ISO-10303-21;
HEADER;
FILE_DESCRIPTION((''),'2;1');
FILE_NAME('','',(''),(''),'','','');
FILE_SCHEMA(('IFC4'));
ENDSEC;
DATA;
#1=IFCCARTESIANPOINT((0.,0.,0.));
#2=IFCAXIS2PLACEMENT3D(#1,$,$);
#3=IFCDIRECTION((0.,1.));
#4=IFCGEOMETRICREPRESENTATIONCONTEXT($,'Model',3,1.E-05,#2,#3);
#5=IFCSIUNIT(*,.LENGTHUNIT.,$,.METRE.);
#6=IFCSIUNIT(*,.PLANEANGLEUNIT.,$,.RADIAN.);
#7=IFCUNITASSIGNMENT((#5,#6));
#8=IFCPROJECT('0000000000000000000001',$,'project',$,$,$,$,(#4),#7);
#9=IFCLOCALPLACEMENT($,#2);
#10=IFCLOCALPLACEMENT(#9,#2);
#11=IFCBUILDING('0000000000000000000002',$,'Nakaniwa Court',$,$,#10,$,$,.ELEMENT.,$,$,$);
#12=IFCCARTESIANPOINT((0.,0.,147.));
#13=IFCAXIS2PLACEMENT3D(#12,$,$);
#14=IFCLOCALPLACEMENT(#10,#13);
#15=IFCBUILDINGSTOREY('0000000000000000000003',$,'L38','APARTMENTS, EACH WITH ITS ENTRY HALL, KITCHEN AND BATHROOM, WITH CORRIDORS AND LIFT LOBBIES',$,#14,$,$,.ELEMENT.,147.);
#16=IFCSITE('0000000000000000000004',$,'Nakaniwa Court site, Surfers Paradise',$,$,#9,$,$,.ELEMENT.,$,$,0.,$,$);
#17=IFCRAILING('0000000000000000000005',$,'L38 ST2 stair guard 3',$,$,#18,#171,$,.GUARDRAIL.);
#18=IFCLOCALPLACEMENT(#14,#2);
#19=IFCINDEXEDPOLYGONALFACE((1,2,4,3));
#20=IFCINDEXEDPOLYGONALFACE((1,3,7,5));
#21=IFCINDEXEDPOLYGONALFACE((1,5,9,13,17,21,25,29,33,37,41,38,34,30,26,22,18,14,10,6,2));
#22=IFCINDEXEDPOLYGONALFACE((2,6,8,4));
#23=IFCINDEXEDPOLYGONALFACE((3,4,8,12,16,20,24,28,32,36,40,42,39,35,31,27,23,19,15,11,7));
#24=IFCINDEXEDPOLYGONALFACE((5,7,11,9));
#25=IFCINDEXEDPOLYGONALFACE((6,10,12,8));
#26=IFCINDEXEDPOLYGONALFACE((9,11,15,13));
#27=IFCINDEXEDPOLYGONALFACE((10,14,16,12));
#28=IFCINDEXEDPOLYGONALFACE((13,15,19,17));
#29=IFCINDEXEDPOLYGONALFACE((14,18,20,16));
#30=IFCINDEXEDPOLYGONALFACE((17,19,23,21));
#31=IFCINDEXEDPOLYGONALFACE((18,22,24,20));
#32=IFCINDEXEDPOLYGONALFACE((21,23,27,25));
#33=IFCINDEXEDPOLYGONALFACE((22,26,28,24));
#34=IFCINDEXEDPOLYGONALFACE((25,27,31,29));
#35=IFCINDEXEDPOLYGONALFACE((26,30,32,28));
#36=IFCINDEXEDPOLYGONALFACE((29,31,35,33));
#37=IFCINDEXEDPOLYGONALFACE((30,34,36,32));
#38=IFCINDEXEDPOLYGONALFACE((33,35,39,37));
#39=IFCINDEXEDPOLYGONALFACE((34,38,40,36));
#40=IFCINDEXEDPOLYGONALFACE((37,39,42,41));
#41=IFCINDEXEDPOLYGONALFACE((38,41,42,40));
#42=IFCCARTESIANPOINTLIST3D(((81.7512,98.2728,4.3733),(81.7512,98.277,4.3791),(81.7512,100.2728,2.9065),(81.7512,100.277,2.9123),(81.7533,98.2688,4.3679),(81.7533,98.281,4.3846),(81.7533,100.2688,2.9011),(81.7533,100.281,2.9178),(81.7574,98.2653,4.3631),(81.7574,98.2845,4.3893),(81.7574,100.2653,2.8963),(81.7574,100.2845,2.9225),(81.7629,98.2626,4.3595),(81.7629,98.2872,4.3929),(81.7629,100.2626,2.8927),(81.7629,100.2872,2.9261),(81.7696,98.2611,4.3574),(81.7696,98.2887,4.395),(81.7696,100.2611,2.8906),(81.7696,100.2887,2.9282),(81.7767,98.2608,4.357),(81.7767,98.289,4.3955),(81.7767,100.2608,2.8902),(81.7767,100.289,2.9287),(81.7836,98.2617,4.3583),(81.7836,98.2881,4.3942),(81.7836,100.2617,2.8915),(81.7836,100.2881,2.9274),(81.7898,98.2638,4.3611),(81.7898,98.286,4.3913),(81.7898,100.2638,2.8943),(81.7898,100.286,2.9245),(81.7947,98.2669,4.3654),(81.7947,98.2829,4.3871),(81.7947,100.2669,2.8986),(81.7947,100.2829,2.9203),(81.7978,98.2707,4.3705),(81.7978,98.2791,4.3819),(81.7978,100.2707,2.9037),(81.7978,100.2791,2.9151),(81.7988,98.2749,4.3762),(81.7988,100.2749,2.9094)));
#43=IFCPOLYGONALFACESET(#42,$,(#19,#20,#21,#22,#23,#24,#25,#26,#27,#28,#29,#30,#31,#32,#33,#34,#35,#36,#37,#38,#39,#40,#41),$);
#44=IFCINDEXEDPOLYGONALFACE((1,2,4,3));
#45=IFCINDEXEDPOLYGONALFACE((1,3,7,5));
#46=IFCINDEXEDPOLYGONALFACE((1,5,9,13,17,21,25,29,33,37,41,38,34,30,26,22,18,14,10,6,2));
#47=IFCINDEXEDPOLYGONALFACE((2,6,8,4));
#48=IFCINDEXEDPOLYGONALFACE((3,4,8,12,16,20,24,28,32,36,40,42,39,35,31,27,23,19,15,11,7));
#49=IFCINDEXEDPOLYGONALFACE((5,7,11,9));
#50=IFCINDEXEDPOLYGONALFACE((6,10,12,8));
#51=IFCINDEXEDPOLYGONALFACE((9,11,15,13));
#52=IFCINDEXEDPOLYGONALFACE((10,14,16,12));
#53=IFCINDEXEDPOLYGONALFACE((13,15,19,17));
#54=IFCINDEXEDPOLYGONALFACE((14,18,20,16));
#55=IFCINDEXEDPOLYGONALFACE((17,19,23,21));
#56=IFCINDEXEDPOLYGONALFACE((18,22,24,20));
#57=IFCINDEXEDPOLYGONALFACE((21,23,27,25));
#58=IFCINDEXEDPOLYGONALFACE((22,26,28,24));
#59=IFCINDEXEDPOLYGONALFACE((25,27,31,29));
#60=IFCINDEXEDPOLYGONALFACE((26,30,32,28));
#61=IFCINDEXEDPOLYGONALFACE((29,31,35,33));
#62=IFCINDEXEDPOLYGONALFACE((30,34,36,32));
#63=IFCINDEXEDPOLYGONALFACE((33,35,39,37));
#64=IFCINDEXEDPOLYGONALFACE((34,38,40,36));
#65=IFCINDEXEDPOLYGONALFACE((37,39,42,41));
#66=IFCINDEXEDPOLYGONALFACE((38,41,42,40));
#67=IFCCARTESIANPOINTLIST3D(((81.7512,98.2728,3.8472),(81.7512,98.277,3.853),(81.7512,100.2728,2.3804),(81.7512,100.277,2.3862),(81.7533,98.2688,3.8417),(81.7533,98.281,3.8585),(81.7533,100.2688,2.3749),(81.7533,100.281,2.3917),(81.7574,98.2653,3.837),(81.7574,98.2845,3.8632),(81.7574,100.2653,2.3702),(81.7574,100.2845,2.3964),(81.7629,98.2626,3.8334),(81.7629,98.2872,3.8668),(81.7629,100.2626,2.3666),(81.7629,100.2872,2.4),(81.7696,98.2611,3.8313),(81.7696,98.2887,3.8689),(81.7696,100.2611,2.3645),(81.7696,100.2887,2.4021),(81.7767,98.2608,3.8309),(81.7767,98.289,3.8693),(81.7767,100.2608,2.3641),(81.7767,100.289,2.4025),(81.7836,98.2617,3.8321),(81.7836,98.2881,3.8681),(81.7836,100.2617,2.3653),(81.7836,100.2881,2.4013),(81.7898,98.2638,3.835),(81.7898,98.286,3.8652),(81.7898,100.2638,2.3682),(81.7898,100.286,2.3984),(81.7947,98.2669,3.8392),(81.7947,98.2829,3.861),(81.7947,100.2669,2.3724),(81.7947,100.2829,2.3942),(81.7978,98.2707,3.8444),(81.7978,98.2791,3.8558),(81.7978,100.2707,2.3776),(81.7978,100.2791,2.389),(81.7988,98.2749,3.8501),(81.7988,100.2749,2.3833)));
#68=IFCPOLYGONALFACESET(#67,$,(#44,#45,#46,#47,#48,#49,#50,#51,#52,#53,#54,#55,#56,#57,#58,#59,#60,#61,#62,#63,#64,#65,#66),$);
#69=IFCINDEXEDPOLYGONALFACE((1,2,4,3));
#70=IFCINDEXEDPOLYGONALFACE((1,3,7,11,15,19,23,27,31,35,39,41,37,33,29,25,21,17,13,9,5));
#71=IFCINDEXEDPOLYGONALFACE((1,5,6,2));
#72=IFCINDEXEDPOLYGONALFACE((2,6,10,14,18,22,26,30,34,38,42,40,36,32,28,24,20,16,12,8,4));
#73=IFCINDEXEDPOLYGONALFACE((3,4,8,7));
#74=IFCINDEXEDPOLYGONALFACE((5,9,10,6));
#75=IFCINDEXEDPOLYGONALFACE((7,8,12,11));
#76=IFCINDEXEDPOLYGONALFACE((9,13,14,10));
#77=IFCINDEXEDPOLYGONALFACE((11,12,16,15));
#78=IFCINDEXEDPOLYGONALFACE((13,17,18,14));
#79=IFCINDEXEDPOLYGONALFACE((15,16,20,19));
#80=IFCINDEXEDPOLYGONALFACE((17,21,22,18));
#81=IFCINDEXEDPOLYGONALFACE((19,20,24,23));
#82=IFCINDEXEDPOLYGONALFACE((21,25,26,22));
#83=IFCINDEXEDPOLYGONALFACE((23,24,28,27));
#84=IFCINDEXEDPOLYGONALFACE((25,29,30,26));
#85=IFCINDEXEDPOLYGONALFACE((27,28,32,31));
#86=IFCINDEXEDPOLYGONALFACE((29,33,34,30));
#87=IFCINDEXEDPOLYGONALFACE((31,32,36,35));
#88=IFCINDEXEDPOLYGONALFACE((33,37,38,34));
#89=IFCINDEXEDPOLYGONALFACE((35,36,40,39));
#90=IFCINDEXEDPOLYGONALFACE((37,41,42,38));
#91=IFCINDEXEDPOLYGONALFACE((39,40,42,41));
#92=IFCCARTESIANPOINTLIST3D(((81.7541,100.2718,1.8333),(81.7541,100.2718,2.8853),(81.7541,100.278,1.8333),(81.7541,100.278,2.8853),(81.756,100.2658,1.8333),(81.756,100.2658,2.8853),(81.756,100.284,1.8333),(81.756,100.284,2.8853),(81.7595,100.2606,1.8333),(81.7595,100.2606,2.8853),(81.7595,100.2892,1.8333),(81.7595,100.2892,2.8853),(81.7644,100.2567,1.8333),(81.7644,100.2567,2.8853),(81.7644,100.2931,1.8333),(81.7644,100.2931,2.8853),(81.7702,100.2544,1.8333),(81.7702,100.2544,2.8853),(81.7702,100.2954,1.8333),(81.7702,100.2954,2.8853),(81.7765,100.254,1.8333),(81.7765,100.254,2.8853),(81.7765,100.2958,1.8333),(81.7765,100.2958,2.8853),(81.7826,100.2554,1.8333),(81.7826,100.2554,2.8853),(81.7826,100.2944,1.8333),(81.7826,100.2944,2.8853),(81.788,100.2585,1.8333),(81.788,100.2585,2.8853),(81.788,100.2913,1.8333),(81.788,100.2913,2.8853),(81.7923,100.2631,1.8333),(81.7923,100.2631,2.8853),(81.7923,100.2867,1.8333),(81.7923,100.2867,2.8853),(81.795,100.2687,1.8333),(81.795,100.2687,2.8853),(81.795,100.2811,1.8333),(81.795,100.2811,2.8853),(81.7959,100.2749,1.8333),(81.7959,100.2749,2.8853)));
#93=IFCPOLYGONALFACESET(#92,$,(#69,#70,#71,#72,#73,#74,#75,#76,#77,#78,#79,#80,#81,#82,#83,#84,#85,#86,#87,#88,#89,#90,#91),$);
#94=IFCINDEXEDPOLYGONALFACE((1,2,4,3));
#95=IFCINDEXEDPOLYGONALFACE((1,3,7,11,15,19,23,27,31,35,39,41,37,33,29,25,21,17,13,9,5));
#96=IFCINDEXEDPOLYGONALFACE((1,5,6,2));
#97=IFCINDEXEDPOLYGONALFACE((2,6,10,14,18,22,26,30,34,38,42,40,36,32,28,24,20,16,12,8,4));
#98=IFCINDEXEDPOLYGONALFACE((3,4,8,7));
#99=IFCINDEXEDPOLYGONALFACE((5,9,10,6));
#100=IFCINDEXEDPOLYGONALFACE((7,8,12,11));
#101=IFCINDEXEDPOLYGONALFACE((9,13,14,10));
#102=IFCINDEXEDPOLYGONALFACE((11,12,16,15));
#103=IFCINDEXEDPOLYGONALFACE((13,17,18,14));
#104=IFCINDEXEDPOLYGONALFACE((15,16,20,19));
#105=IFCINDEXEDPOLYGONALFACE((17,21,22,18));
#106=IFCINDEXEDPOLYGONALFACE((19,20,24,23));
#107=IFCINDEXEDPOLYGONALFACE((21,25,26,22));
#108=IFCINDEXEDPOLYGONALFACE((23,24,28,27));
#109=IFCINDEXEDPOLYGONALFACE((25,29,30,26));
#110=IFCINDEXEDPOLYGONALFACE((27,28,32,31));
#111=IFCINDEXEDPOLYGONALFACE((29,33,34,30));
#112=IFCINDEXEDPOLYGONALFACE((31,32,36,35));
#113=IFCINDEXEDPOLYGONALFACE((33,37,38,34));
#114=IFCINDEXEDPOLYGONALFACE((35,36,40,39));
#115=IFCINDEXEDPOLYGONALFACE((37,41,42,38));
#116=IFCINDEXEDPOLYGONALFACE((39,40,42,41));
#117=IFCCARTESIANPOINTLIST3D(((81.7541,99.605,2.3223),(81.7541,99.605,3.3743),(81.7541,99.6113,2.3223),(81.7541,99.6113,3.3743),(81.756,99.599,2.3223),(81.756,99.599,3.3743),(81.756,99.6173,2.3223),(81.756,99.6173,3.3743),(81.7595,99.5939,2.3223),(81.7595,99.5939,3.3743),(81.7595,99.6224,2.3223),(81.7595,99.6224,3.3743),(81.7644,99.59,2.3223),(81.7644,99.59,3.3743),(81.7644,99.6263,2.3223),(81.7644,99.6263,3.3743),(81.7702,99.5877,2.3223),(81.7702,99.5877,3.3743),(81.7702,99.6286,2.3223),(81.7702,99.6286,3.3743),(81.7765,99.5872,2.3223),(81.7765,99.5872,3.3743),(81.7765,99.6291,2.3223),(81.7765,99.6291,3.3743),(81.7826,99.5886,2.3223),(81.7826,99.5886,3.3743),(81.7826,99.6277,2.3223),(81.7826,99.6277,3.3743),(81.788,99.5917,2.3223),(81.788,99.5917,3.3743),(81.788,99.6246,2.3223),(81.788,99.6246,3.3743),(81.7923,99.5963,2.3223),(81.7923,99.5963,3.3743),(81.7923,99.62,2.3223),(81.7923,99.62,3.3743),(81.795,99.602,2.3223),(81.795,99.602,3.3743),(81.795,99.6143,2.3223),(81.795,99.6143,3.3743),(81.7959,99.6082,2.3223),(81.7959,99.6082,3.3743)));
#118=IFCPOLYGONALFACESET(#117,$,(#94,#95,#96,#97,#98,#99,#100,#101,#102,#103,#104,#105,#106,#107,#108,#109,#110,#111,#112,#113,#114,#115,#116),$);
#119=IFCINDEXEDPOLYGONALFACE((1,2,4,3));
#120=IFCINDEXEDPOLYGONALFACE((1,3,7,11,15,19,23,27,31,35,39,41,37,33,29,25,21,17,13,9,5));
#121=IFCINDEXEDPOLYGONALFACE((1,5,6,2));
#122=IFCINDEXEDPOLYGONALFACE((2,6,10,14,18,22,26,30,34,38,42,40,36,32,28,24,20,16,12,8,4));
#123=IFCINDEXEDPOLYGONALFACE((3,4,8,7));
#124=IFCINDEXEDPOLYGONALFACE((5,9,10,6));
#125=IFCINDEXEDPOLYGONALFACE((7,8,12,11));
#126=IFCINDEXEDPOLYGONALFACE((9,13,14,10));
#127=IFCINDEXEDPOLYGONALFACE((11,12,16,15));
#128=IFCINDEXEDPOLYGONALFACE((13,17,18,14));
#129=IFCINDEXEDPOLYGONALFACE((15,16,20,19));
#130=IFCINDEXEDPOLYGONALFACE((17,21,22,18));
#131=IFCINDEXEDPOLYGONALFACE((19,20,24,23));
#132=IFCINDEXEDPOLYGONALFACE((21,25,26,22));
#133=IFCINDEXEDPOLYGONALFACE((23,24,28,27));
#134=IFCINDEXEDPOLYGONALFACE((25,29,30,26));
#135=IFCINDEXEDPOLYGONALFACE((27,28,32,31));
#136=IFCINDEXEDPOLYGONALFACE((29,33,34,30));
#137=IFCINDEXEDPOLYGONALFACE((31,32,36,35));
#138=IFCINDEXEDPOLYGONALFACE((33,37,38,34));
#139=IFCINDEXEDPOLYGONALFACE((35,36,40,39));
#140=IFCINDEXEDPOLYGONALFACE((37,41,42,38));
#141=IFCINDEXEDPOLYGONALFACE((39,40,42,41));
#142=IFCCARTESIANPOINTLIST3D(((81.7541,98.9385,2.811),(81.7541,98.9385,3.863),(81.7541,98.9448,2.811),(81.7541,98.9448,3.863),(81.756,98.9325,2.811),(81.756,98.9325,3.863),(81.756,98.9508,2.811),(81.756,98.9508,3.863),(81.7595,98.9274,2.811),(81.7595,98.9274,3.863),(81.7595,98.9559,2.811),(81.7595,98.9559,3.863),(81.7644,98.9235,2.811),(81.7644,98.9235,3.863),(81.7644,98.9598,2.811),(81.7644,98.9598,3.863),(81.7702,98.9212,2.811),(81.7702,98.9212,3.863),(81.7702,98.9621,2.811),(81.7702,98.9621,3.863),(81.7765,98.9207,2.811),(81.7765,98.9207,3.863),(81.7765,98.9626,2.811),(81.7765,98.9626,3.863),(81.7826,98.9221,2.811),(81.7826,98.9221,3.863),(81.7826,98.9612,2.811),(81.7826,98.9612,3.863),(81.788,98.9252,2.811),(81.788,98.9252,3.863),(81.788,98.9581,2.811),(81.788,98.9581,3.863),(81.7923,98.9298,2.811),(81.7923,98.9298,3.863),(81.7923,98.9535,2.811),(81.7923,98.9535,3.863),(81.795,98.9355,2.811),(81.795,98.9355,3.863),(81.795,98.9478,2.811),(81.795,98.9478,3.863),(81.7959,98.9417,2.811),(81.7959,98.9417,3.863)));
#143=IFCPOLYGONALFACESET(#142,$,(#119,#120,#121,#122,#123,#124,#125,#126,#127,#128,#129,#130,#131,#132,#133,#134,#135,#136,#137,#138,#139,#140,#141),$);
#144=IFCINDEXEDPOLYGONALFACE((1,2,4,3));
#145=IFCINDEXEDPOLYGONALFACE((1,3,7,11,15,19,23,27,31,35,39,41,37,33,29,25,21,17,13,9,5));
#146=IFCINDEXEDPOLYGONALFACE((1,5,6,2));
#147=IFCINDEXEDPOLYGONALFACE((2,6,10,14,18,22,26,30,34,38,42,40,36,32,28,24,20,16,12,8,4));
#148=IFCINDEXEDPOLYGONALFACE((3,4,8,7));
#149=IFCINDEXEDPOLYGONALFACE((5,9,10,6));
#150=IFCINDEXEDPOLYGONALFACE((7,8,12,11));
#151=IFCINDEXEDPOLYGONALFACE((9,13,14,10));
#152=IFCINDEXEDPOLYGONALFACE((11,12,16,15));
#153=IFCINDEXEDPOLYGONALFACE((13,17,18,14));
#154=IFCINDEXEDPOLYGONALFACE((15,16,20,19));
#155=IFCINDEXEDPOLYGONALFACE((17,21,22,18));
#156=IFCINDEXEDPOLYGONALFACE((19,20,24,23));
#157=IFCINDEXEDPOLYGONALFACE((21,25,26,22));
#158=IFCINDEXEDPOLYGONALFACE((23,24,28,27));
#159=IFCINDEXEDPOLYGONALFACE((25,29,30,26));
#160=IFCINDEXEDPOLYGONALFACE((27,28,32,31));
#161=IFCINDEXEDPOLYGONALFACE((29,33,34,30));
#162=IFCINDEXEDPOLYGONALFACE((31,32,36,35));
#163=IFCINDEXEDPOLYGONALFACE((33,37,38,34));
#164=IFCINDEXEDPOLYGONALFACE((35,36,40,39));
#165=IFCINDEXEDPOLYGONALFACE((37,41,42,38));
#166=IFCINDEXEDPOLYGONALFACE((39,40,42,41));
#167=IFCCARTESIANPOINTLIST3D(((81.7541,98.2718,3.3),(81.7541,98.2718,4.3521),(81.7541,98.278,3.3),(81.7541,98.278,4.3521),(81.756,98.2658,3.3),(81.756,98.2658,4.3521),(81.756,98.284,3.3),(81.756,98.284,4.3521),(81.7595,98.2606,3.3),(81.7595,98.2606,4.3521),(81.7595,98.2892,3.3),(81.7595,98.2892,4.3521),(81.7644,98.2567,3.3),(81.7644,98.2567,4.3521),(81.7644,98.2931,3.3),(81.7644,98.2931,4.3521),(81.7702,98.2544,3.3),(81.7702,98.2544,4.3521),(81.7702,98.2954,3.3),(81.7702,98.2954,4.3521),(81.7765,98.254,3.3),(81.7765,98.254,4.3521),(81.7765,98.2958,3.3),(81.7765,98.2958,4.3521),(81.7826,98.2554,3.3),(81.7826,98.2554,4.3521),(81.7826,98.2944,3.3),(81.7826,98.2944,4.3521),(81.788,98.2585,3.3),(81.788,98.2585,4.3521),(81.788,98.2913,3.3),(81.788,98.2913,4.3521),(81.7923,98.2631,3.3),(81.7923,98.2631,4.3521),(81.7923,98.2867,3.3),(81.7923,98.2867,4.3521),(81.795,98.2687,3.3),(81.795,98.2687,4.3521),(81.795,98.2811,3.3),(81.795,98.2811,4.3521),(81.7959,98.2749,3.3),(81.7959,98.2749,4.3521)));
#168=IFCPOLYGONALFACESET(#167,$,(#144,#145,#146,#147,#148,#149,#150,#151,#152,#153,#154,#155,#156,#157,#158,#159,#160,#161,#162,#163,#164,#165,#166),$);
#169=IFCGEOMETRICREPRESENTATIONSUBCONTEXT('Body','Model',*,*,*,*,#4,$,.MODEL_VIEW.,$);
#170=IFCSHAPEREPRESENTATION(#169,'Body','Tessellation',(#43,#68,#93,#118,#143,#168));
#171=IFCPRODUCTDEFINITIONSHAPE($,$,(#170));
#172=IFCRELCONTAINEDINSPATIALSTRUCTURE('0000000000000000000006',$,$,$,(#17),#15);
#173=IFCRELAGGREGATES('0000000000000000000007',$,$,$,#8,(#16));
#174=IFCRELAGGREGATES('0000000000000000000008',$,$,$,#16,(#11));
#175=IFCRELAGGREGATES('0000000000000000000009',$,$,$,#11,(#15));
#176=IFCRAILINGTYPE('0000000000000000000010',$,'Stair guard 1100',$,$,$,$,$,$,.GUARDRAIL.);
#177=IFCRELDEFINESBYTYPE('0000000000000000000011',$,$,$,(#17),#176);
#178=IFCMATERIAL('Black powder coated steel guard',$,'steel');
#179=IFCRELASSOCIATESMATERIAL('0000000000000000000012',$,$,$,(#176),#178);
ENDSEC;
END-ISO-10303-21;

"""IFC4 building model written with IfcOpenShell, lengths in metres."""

from ifc_helpers import new_model, si_unit, direction, frame, origin, origin_2d, place, context, subcontext, project, spatial, circle, extrude, material, type_object, element, save


model = new_model("IFC4")

# Units and contexts
model_context = context("Model", 3, precision=1e-05, world=origin(), true_north=direction((0.0, 1.0)))
body_context = subcontext(model_context, "Body", "Model", "MODEL_VIEW")
ifc_project = project(units=[si_unit("LENGTHUNIT", "METRE"), si_unit("PLANEANGLEUNIT", "RADIAN")], contexts=[model_context])

# Site, building, storey
site_placement = place(None, origin())
site = spatial("IfcSite", under=ifc_project, at=site_placement, Name="Nakaniwa Court site, Surfers Paradise", CompositionType="ELEMENT", RefElevation=0.0)
building_placement = place(site_placement, origin())
building = spatial("IfcBuilding", under=site, at=building_placement, Name="Nakaniwa Court", CompositionType="ELEMENT")
storey_placement = place(building_placement, frame((0.0, 0.0, 147.0)))
storey = spatial("IfcBuildingStorey", under=building, at=storey_placement, Name="L38", Description="APARTMENTS, EACH WITH ITS ENTRY HALL, KITCHEN AND BATHROOM, WITH CORRIDORS AND LIFT LOBBIES", CompositionType="ELEMENT", Elevation=147.0)

# Railing
ifc_material_1 = material(Name="Black powder coated steel guard", Category="steel")
railing_type_1 = type_object("IfcRailingType", Name="Stair guard 1100", PredefinedType="GUARDRAIL", material=ifc_material_1)
railing_1_placement = place(storey_placement, frame((81.7749, 100.2749, 1.8333)))
element("IfcRailing", 1, at=railing_1_placement, inside=storey, type_object=railing_type_1, Name="L38 ST2 stair guard 3", PredefinedType="GUARDRAIL", context=body_context, shape_type="SweptSolid", body=[
    extrude(circle(Radius=0.0239, at=origin_2d()), frame((0.0, 0.0, 1.0762), z_axis=(0.0, -0.80638, 0.591398), x_axis=(1.0, 0.0, 0.0)), (0.0, 0.0, 1.0), 2.4802),
    extrude(circle(Radius=0.0239, at=origin_2d()), frame((0.0, 0.0, 0.55), z_axis=(0.0, -0.80638, 0.591398), x_axis=(1.0, 0.0, 0.0)), (0.0, 0.0, 1.0), 2.4802),
    extrude(circle(Radius=0.021, at=origin_2d()), origin(), (0.0, 0.0, 1.0), 1.052),
    extrude(circle(Radius=0.021, at=origin_2d()), frame((0.0, -0.6667, 0.489)), (0.0, 0.0, 1.0), 1.052),
    extrude(circle(Radius=0.021, at=origin_2d()), frame((0.0, -1.3333, 0.9778)), (0.0, 0.0, 1.0), 1.052),
    extrude(circle(Radius=0.021, at=origin_2d()), frame((0.0, -2.0, 1.4668)), (0.0, 0.0, 1.0), 1.052),
])

save(model, "model.ifc")
